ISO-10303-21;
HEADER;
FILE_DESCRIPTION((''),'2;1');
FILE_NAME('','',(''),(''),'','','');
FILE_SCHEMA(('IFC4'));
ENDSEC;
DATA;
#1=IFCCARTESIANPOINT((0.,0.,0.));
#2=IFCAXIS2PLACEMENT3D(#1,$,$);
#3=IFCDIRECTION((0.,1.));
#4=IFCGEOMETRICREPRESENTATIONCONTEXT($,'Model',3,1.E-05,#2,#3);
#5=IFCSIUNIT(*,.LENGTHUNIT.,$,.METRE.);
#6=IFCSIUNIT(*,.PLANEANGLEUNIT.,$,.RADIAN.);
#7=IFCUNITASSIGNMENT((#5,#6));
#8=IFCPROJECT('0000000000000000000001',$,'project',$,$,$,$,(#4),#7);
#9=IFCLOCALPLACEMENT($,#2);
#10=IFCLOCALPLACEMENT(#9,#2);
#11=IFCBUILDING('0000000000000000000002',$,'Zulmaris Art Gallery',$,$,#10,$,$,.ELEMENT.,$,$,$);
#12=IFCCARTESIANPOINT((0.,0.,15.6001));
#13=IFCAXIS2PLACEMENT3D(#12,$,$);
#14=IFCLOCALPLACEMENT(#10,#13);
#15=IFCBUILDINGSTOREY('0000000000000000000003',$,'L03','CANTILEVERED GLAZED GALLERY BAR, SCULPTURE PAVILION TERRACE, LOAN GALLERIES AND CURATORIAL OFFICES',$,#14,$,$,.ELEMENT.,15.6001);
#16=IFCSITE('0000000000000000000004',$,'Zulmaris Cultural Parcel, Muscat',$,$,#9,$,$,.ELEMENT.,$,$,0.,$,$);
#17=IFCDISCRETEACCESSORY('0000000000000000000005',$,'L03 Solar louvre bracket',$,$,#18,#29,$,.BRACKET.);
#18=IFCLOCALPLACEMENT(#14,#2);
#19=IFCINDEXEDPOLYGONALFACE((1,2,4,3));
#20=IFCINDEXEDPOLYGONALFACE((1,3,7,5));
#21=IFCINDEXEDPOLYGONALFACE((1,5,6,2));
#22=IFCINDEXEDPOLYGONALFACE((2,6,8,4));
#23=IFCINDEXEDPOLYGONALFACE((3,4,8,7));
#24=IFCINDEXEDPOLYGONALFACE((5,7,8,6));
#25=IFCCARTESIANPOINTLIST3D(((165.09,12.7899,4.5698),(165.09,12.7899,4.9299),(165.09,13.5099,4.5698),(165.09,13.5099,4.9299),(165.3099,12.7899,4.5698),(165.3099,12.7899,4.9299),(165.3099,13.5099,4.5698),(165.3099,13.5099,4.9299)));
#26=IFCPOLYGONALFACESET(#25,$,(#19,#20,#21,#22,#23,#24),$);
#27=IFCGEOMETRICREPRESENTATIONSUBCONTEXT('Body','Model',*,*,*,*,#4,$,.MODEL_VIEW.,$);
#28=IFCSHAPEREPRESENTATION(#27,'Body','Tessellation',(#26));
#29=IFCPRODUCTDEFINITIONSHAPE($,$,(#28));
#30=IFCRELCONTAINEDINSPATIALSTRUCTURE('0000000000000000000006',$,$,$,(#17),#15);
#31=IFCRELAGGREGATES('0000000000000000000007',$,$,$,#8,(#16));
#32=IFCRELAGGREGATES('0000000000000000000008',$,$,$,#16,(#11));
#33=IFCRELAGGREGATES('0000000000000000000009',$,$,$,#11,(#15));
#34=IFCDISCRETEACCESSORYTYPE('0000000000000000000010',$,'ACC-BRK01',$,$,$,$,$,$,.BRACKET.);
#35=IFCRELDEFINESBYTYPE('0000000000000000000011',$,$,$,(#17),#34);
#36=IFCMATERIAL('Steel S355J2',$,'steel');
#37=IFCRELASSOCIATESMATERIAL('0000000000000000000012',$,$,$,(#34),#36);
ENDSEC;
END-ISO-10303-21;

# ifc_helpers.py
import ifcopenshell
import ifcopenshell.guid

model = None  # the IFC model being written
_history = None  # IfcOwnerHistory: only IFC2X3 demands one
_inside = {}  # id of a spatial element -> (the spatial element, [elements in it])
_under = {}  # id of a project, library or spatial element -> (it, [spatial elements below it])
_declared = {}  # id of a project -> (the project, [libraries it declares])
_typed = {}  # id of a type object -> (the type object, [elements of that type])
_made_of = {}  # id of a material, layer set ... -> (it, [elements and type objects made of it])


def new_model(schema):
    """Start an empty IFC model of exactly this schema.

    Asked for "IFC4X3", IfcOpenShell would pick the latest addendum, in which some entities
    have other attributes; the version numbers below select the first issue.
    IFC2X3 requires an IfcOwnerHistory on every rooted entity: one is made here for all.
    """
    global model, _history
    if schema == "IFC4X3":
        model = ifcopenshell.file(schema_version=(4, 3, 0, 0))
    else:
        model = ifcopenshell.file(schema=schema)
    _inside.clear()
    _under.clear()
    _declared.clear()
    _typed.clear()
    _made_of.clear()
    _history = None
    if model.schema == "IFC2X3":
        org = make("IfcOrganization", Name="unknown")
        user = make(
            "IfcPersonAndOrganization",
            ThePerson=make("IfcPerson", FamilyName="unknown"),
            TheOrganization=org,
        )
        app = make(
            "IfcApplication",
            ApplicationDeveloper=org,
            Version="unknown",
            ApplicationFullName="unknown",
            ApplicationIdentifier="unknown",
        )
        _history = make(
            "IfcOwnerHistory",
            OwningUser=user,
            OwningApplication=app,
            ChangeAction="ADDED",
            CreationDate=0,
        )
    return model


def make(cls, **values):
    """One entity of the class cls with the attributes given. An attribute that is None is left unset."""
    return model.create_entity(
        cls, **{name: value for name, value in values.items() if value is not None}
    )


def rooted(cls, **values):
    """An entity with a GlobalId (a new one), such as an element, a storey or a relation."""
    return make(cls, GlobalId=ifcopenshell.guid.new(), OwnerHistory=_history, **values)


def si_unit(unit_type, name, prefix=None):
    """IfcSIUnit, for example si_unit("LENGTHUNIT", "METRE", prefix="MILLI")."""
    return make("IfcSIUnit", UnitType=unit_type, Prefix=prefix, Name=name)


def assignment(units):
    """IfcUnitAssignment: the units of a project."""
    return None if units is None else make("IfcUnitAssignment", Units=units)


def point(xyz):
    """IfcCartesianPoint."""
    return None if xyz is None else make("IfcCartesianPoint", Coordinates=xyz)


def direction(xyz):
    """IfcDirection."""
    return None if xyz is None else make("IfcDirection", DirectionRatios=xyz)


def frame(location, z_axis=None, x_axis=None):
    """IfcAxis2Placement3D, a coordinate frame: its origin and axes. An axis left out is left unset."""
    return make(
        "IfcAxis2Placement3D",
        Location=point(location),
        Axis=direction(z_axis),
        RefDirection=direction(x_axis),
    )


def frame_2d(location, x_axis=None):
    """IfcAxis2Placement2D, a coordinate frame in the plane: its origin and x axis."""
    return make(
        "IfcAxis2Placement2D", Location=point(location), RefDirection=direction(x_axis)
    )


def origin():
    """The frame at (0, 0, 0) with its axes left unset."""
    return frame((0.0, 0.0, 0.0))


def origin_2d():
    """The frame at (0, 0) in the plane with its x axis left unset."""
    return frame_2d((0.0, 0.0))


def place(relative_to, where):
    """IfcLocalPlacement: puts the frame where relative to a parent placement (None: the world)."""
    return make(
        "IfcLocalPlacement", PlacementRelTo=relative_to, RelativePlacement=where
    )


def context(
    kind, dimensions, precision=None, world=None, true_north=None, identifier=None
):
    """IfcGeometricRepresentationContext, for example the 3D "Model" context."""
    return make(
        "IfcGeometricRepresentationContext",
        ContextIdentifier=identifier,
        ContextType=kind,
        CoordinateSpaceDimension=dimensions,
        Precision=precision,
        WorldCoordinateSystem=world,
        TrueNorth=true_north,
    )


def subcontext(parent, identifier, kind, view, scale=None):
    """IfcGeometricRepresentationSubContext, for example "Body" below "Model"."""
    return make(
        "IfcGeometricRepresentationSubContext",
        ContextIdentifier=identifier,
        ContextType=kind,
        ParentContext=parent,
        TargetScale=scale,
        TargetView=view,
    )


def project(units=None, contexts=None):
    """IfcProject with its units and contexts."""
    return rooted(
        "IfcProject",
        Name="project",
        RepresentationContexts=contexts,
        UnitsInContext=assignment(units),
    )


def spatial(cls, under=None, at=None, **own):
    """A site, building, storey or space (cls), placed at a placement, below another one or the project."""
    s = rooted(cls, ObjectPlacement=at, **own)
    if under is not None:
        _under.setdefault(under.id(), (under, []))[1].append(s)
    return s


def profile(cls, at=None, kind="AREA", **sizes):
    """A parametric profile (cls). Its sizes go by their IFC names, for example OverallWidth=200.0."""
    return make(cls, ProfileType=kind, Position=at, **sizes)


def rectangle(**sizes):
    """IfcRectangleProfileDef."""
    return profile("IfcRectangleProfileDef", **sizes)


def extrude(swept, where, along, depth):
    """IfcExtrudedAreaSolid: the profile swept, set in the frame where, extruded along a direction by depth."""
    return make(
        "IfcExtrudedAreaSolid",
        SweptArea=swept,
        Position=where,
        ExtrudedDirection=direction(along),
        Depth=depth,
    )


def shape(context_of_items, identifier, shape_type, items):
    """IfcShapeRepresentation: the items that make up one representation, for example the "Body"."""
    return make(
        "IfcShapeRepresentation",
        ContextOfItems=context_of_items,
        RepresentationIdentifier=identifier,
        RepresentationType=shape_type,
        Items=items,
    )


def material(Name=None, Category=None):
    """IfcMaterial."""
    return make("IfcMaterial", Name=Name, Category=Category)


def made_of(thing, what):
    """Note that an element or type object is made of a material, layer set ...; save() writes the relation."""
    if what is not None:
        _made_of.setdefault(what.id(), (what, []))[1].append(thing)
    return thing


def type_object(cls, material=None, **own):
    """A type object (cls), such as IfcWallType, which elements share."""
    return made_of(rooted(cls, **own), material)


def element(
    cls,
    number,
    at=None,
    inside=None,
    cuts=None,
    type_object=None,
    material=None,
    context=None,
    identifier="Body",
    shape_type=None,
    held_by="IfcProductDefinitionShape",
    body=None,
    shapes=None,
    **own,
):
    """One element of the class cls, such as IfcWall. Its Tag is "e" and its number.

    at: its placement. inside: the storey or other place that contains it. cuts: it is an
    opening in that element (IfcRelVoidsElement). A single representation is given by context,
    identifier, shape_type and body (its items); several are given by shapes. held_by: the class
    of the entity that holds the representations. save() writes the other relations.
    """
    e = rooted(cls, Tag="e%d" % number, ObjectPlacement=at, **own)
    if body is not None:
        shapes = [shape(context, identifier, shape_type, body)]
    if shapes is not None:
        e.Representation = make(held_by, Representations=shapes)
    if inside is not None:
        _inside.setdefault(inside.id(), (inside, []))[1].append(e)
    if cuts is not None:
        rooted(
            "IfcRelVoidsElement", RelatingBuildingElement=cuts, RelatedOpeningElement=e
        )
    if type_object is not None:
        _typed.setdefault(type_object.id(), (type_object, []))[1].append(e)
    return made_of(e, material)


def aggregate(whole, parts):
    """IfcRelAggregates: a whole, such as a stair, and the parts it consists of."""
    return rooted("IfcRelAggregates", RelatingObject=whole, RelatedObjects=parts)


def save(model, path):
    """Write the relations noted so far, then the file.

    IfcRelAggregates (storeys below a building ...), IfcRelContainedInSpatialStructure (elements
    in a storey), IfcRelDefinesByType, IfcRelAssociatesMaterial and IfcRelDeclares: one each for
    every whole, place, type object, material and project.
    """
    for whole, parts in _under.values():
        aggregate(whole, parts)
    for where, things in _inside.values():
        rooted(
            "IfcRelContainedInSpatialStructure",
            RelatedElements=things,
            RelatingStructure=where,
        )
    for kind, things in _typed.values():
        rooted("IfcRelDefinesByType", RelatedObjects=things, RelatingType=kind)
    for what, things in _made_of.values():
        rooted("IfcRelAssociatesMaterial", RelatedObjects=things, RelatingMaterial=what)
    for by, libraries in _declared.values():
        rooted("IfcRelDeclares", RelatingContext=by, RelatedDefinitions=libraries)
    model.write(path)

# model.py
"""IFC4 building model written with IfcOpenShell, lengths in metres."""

from ifc_helpers import new_model, si_unit, direction, frame, origin, origin_2d, place, context, subcontext, project, spatial, rectangle, extrude, material, type_object, element, save


model = new_model("IFC4")

# Units and contexts
model_context = context("Model", 3, precision=1e-05, world=origin(), true_north=direction((0.0, 1.0)))
body_context = subcontext(model_context, "Body", "Model", "MODEL_VIEW")
ifc_project = project(units=[si_unit("LENGTHUNIT", "METRE"), si_unit("PLANEANGLEUNIT", "RADIAN")], contexts=[model_context])

# Site, building, storey
site_placement = place(None, origin())
site = spatial("IfcSite", under=ifc_project, at=site_placement, Name="Zulmaris Cultural Parcel, Muscat", CompositionType="ELEMENT", RefElevation=0.0)
building_placement = place(site_placement, origin())
building = spatial("IfcBuilding", under=site, at=building_placement, Name="Zulmaris Art Gallery", CompositionType="ELEMENT")
storey_placement = place(building_placement, frame((0.0, 0.0, 15.6001)))
storey = spatial("IfcBuildingStorey", under=building, at=storey_placement, Name="L03", Description="CANTILEVERED GLAZED GALLERY BAR, SCULPTURE PAVILION TERRACE, LOAN GALLERIES AND CURATORIAL OFFICES", CompositionType="ELEMENT", Elevation=15.6001)

# Shared definitions
ifc_material_1 = material(Name="Steel S355J2", Category="steel")

# Discrete accessory
discrete_accessory_type = type_object("IfcDiscreteAccessoryType", Name="ACC-BRK01", PredefinedType="BRACKET", material=ifc_material_1)
for number, where, z_axis, x_axis, name in (
    (1, (165.2, 13.1499, 4.5698), (0.0, 0.0, 1.0), (1.0, 0.0, 0.0), "L03 Solar louvre bracket"),
):
    element("IfcDiscreteAccessory", number, at=place(storey_placement, frame(where, z_axis=z_axis, x_axis=x_axis)), inside=storey, type_object=discrete_accessory_type, Name=name, PredefinedType="BRACKET", context=body_context, shape_type="SweptSolid", body=[
        extrude(rectangle(XDim=0.22, YDim=0.72, at=origin_2d()), origin(), (0.0, 0.0, 1.0), 0.3601),
    ])

save(model, "model.ifc")
